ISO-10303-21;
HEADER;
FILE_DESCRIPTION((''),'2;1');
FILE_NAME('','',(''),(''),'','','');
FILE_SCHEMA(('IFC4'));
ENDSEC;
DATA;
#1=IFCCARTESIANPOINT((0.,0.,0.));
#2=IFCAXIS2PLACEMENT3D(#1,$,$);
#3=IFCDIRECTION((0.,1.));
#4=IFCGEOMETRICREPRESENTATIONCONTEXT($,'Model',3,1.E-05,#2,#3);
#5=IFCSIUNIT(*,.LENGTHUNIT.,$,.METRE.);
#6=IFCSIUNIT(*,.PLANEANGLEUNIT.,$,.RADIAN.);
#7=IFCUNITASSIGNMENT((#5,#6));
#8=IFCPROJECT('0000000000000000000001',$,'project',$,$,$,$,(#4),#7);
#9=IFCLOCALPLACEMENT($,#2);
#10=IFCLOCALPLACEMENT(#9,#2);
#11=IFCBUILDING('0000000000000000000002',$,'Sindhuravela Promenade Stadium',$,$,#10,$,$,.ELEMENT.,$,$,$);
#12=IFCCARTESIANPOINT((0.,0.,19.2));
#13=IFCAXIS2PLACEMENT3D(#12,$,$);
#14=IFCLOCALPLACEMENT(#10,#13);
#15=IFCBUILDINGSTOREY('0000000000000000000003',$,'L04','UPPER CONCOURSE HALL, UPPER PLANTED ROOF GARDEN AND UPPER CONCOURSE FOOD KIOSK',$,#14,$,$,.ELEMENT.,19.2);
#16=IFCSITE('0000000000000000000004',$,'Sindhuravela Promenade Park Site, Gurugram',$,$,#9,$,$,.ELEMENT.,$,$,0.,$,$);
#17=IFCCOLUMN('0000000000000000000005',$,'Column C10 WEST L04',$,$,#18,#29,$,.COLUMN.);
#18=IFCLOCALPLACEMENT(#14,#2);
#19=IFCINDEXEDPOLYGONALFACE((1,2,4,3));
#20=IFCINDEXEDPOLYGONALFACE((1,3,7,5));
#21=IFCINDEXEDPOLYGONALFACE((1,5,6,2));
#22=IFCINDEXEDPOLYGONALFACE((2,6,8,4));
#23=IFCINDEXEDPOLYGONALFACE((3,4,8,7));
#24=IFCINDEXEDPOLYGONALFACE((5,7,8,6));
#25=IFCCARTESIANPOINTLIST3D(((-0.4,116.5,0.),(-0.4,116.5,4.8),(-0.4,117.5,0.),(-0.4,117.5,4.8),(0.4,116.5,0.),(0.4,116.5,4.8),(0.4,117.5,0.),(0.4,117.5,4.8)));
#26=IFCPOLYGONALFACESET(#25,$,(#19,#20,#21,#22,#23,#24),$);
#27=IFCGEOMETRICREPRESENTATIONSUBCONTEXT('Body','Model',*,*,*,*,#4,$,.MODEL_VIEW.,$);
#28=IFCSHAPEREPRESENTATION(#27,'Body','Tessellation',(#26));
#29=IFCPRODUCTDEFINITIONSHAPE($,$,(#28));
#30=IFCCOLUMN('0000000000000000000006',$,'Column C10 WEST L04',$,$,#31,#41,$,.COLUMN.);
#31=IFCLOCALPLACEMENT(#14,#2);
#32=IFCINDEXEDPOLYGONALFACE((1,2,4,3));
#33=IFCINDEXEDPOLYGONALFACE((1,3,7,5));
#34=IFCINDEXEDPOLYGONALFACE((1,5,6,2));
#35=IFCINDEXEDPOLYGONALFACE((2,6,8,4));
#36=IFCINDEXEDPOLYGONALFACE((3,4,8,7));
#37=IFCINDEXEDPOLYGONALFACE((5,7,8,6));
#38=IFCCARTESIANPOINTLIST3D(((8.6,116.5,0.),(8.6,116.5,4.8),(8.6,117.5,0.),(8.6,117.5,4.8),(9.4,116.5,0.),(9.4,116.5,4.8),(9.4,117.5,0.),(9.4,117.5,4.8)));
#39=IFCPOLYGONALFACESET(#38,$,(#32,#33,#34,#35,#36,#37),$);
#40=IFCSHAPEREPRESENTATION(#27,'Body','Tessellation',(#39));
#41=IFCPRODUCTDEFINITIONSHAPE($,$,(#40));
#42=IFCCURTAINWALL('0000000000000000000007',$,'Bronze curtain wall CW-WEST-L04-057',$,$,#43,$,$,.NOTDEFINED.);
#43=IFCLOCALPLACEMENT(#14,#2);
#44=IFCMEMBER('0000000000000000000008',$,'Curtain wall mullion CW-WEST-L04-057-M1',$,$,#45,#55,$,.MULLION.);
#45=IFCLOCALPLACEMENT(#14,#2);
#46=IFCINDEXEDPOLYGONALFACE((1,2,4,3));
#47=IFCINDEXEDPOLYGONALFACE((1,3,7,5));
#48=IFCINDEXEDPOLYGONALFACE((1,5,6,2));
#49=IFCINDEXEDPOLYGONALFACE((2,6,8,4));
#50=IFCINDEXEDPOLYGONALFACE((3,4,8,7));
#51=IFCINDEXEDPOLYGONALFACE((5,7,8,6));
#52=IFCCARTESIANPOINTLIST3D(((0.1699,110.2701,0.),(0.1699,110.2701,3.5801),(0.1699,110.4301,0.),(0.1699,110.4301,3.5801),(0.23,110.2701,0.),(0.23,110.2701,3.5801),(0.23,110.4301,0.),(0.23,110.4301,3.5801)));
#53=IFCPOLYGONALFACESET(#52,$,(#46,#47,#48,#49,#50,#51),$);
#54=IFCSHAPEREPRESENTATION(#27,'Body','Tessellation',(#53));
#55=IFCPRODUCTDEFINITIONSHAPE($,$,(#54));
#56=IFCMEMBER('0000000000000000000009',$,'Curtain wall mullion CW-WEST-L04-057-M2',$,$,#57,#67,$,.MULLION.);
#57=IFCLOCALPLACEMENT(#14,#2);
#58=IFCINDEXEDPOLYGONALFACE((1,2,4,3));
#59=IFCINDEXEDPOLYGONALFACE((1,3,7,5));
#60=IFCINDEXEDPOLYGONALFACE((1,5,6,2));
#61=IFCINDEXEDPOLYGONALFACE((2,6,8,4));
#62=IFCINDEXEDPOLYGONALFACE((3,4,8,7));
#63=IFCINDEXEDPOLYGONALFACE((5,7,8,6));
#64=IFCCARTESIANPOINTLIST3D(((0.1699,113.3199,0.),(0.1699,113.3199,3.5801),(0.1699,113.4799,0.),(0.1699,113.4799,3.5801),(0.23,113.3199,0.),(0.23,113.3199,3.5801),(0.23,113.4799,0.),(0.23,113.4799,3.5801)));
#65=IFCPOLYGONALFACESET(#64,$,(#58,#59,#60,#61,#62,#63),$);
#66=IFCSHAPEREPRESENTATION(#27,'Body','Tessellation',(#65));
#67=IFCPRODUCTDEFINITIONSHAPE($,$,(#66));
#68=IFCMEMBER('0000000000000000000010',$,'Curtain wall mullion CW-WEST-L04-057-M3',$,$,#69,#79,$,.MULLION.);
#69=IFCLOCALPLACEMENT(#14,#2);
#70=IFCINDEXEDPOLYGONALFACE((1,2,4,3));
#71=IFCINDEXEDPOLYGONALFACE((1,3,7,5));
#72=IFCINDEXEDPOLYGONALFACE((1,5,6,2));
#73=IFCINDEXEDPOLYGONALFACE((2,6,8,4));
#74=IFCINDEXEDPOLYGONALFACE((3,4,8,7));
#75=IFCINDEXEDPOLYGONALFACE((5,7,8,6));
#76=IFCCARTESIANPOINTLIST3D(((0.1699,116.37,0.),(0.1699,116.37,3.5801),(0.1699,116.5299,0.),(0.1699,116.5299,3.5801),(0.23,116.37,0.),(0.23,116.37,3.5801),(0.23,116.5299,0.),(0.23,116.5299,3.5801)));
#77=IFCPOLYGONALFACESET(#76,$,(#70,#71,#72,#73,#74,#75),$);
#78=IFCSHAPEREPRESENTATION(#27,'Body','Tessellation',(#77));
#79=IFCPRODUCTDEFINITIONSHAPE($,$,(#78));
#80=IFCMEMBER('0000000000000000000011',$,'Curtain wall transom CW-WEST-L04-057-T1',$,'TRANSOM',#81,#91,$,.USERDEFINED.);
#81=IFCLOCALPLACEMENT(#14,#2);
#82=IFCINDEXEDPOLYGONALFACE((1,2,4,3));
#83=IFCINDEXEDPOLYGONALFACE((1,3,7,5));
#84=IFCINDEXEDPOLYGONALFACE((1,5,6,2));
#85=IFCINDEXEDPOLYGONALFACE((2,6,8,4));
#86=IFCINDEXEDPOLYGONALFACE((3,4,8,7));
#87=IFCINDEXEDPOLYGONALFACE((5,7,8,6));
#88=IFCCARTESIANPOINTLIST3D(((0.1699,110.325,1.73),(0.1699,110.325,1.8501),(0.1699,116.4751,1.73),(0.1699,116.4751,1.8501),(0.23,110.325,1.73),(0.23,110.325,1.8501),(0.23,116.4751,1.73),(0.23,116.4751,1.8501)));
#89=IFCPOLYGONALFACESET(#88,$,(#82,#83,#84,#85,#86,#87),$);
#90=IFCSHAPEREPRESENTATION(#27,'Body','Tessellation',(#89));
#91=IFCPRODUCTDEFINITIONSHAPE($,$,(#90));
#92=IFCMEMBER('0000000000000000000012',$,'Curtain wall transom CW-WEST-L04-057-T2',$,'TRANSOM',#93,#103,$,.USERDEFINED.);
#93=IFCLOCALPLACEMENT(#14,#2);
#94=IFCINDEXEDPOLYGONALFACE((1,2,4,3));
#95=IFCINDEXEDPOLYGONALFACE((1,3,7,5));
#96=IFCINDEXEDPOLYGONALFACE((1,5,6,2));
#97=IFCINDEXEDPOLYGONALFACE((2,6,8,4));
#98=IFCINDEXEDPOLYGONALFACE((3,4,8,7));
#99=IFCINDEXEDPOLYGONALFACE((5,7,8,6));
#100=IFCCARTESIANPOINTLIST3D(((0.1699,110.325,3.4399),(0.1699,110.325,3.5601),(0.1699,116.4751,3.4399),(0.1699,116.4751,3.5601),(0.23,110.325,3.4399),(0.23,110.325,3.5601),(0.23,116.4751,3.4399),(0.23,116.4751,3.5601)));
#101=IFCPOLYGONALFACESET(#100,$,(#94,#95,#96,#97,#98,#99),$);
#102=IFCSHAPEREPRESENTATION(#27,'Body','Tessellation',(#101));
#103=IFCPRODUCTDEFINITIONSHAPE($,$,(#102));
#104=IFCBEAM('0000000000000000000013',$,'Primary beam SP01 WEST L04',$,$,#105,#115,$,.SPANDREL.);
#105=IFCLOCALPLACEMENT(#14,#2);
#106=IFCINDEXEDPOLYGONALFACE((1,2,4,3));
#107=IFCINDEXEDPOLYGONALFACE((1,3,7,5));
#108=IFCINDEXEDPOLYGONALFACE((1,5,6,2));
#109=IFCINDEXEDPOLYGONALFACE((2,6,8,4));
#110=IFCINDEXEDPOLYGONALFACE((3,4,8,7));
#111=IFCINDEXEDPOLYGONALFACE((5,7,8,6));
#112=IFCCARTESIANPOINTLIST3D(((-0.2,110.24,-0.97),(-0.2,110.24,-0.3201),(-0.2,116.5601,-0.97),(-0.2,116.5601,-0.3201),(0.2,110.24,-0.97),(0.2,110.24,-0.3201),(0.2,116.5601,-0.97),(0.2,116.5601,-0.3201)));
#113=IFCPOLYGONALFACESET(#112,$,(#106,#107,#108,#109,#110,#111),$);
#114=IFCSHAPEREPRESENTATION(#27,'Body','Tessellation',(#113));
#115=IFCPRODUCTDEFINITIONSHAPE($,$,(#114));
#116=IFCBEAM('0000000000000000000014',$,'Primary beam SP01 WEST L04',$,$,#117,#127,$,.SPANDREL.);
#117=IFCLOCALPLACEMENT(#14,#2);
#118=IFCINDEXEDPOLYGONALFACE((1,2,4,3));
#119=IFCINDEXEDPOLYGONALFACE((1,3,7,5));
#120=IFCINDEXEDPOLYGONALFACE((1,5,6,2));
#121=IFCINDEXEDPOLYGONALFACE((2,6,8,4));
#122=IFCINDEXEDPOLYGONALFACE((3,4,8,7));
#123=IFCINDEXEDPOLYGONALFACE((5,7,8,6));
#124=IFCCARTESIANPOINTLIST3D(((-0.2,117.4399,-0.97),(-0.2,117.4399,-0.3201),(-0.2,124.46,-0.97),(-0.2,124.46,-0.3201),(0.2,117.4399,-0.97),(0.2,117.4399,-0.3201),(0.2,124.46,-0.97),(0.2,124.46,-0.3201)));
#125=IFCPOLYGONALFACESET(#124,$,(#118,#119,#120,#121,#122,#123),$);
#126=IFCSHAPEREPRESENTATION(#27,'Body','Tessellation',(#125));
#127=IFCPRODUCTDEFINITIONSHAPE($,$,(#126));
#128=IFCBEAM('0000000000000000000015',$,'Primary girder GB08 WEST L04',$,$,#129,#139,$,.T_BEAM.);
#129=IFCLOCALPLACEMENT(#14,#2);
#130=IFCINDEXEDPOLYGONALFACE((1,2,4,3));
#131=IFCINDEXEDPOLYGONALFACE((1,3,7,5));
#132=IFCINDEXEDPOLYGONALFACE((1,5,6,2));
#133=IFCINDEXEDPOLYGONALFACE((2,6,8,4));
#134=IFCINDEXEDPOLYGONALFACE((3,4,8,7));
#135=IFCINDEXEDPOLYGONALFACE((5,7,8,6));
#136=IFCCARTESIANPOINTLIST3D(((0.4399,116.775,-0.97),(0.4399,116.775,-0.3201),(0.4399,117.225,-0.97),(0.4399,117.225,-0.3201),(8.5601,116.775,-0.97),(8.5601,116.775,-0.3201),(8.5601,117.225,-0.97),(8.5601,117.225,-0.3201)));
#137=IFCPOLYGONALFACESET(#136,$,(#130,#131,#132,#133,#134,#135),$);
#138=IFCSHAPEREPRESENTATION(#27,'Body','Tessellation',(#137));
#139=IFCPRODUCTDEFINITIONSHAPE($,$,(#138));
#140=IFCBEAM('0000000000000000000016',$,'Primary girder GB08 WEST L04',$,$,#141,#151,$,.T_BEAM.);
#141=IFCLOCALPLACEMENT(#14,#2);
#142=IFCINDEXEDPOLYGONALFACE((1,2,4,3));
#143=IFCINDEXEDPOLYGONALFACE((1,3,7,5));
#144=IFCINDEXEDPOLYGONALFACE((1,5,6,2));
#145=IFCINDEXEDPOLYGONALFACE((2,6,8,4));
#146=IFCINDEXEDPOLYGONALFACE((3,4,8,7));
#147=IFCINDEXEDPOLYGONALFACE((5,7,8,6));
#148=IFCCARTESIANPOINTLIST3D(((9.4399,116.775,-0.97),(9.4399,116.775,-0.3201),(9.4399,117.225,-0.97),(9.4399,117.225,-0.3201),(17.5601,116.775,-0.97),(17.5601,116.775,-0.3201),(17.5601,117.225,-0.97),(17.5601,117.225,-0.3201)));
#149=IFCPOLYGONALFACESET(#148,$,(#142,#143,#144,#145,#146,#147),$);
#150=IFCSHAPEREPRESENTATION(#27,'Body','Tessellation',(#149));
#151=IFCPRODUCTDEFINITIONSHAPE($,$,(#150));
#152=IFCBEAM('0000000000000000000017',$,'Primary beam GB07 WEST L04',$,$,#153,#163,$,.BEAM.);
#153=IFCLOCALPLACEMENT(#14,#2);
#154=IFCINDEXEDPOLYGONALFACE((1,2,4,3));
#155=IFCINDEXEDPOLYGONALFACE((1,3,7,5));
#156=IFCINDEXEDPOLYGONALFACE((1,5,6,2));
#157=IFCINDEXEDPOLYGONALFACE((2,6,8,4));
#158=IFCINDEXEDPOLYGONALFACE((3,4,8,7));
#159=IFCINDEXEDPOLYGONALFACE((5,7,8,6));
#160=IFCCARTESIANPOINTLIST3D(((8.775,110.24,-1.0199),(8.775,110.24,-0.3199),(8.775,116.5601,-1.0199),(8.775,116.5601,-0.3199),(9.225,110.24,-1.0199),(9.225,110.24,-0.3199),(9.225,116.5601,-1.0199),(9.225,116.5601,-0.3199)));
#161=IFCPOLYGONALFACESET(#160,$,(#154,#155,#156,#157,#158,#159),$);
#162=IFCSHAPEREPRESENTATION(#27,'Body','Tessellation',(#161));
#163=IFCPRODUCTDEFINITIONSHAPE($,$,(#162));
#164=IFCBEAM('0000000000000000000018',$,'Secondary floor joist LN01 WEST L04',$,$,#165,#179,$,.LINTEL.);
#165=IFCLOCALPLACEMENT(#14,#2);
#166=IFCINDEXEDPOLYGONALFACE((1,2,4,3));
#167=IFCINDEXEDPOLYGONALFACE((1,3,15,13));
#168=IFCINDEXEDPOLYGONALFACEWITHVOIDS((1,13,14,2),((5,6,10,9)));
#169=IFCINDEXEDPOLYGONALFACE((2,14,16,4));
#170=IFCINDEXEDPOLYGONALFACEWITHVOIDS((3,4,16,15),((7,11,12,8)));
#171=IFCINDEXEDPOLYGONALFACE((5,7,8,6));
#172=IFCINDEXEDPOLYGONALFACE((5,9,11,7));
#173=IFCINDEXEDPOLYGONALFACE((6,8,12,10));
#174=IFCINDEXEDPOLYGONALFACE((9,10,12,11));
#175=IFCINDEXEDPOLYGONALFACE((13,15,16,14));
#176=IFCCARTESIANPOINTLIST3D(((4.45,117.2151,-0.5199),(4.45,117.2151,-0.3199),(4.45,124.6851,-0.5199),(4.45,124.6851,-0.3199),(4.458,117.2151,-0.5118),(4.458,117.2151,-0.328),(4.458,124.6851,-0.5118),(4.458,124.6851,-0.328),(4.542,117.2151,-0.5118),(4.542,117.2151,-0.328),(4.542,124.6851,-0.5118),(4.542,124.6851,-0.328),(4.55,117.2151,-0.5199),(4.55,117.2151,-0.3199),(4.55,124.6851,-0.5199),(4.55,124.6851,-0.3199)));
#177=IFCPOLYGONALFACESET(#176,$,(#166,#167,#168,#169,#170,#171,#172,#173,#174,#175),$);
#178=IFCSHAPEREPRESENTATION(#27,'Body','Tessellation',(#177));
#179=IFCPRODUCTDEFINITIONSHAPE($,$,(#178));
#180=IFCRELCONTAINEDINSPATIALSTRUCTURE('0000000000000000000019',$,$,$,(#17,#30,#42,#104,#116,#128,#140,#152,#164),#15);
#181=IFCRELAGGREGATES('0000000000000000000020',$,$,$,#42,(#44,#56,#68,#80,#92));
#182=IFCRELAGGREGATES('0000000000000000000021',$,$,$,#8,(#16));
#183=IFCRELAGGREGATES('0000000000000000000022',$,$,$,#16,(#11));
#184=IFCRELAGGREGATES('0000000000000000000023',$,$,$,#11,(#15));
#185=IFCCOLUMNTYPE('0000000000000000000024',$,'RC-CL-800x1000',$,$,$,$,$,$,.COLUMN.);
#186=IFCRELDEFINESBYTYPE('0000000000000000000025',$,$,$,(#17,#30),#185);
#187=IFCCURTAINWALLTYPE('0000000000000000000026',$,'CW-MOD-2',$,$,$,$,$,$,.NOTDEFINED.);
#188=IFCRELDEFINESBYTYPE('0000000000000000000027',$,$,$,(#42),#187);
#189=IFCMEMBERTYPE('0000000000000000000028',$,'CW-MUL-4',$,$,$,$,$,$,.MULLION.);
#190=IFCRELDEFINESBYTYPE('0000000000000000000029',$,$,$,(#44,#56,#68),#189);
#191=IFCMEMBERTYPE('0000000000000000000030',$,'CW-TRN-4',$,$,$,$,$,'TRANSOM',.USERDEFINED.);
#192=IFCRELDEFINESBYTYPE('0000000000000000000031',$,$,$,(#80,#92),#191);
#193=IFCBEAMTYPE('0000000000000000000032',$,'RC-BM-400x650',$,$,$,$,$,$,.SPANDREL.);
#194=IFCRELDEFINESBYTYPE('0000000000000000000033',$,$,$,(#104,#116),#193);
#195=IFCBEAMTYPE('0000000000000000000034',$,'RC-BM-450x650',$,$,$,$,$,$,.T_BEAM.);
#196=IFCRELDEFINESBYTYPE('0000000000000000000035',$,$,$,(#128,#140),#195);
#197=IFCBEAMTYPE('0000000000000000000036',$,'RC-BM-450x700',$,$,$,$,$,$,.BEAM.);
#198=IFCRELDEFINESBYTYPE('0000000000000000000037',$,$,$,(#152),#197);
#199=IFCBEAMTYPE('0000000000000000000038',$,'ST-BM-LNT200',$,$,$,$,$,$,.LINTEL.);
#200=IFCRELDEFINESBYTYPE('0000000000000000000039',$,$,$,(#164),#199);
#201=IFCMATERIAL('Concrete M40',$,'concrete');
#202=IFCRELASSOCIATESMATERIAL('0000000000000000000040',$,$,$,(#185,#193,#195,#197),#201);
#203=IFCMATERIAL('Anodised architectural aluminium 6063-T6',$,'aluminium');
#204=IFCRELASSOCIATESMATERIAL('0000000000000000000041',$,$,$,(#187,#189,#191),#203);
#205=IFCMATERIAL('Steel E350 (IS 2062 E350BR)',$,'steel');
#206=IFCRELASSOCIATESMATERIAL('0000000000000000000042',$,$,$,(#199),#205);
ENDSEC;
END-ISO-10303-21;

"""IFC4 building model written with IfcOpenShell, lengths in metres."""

from ifc_helpers import new_model, si_unit, direction, frame, origin, origin_2d, place, context, subcontext, project, spatial, rectangle, hollow_rectangle, extrude, material, material_profile, profile_set, type_object, element, aggregate, save


model = new_model("IFC4")

# Units and contexts
model_context = context("Model", 3, precision=1e-05, world=origin(), true_north=direction((0.0, 1.0)))
body_context = subcontext(model_context, "Body", "Model", "MODEL_VIEW")
ifc_project = project(units=[si_unit("LENGTHUNIT", "METRE"), si_unit("PLANEANGLEUNIT", "RADIAN")], contexts=[model_context])

# Site, building, storey
site_placement = place(None, origin())
site = spatial("IfcSite", under=ifc_project, at=site_placement, Name="Sindhuravela Promenade Park Site, Gurugram", CompositionType="ELEMENT", RefElevation=0.0)
building_placement = place(site_placement, origin())
building = spatial("IfcBuilding", under=site, at=building_placement, Name="Sindhuravela Promenade Stadium", CompositionType="ELEMENT")
storey_placement = place(building_placement, frame((0.0, 0.0, 19.2)))
storey = spatial("IfcBuildingStorey", under=building, at=storey_placement, Name="L04", Description="UPPER CONCOURSE HALL, UPPER PLANTED ROOF GARDEN AND UPPER CONCOURSE FOOD KIOSK", CompositionType="ELEMENT", Elevation=19.2)

# Columns
ifc_material_1 = material(Name="Concrete M40", Category="concrete")
ifc_material_profile_1 = material_profile(ifc_material_1, rectangle(XDim=0.8, YDim=1.0, at=origin_2d()), Name="RC 800x1000")
ifc_profile_set_1 = profile_set([ifc_material_profile_1], Name="Concrete M40")
column_type = type_object("IfcColumnType", Name="RC-CL-800x1000", PredefinedType="COLUMN", material=ifc_profile_set_1)
for number, where, z_axis, x_axis, name in (
    (1, (0.0, 117.0, 0.0), (0.0, 0.0, 1.0), (1.0, 0.0, 0.0), "Column C10 WEST L04"),
    (2, (9.0, 117.0, 0.0), (0.0, 0.0, 1.0), (1.0, 0.0, 0.0), "Column C10 WEST L04"),
):
    element("IfcColumn", number, at=place(storey_placement, frame(where, z_axis=z_axis, x_axis=x_axis)), inside=storey, type_object=column_type, Name=name, PredefinedType="COLUMN", context=body_context, shape_type="SweptSolid", body=[
        extrude(rectangle(XDim=0.8, YDim=1.0, at=origin_2d()), origin(), (0.0, 0.0, 1.0), 4.8),
    ])

# Curtain wall, members
ifc_material_2 = material(Name="Anodised architectural aluminium 6063-T6", Category="aluminium")
curtain_wall_type = type_object("IfcCurtainWallType", Name="CW-MOD-2", PredefinedType="NOTDEFINED", material=ifc_material_2)
curtain_wall_placement = place(storey_placement, origin())
curtain_wall = element("IfcCurtainWall", 3, at=curtain_wall_placement, inside=storey, type_object=curtain_wall_type, Name="Bronze curtain wall CW-WEST-L04-057", PredefinedType="NOTDEFINED")
ifc_material_profile_2 = material_profile(ifc_material_2, rectangle(XDim=0.0601, YDim=0.1599, at=origin_2d()), Name="ALU M60x160")
ifc_profile_set_2 = profile_set([ifc_material_profile_2], Name="Anodised architectural aluminium 6063-T6")
member_type_1 = type_object("IfcMemberType", Name="CW-MUL-4", PredefinedType="MULLION", material=ifc_profile_set_2)
member_1_placement = place(storey_placement, frame((0.2, 110.3501, 0.0), z_axis=(0.0, 0.0, 1.0), x_axis=(1.0, 0.0, 0.0)))
member_1 = element("IfcMember", 4, at=member_1_placement, type_object=member_type_1, Name="Curtain wall mullion CW-WEST-L04-057-M1", PredefinedType="MULLION", context=body_context, shape_type="SweptSolid", body=[
    extrude(rectangle(XDim=0.0601, YDim=0.1599, at=origin_2d()), origin(), (0.0, 0.0, 1.0), 3.5801),
])
member_2_placement = place(storey_placement, frame((0.2, 113.3999, 0.0), z_axis=(0.0, 0.0, 1.0), x_axis=(1.0, 0.0, 0.0)))
member_2 = element("IfcMember", 5, at=member_2_placement, type_object=member_type_1, Name="Curtain wall mullion CW-WEST-L04-057-M2", PredefinedType="MULLION", context=body_context, shape_type="SweptSolid", body=[
    extrude(rectangle(XDim=0.0601, YDim=0.1599, at=origin_2d()), origin(), (0.0, 0.0, 1.0), 3.5801),
])
member_3_placement = place(storey_placement, frame((0.2, 116.45, 0.0), z_axis=(0.0, 0.0, 1.0), x_axis=(1.0, 0.0, 0.0)))
member_3 = element("IfcMember", 6, at=member_3_placement, type_object=member_type_1, Name="Curtain wall mullion CW-WEST-L04-057-M3", PredefinedType="MULLION", context=body_context, shape_type="SweptSolid", body=[
    extrude(rectangle(XDim=0.0601, YDim=0.1599, at=origin_2d()), origin(), (0.0, 0.0, 1.0), 3.5801),
])
ifc_material_profile_3 = material_profile(ifc_material_2, rectangle(XDim=0.0601, YDim=0.1201, at=origin_2d()), Name="ALU T60x120")
ifc_profile_set_3 = profile_set([ifc_material_profile_3], Name="Anodised architectural aluminium 6063-T6")
member_type_2 = type_object("IfcMemberType", Name="CW-TRN-4", ElementType="TRANSOM", PredefinedType="USERDEFINED", material=ifc_profile_set_3)
member_4_placement = place(storey_placement, frame((0.2, 110.325, 1.79), z_axis=(0.0, 1.0, 0.0), x_axis=(-1.0, 0.0, 0.0)))
member_4 = element("IfcMember", 7, at=member_4_placement, type_object=member_type_2, Name="Curtain wall transom CW-WEST-L04-057-T1", ObjectType="TRANSOM", PredefinedType="USERDEFINED", context=body_context, shape_type="SweptSolid", body=[
    extrude(rectangle(XDim=0.0601, YDim=0.1201, at=origin_2d()), origin(), (0.0, 0.0, 1.0), 6.1501),
])
member_5_placement = place(storey_placement, frame((0.2, 110.325, 3.5), z_axis=(0.0, 1.0, 0.0), x_axis=(-1.0, 0.0, 0.0)))
member_5 = element("IfcMember", 8, at=member_5_placement, type_object=member_type_2, Name="Curtain wall transom CW-WEST-L04-057-T2", ObjectType="TRANSOM", PredefinedType="USERDEFINED", context=body_context, shape_type="SweptSolid", body=[
    extrude(rectangle(XDim=0.0601, YDim=0.1201, at=origin_2d()), origin(), (0.0, 0.0, 1.0), 6.1501),
])

# Beams
ifc_material_profile_4 = material_profile(ifc_material_1, rectangle(XDim=0.3999, YDim=0.6499, at=origin_2d()), Name="RC 400x650")
ifc_profile_set_4 = profile_set([ifc_material_profile_4], Name="Concrete M40")
beam_type_1 = type_object("IfcBeamType", Name="RC-BM-400x650", PredefinedType="SPANDREL", material=ifc_profile_set_4)
beam_1_placement = place(storey_placement, frame((0.0, 110.24, -0.645), z_axis=(0.0, 1.0, 0.0), x_axis=(-1.0, 0.0, 0.0)))
element("IfcBeam", 9, at=beam_1_placement, inside=storey, type_object=beam_type_1, Name="Primary beam SP01 WEST L04", PredefinedType="SPANDREL", context=body_context, shape_type="SweptSolid", body=[
    extrude(rectangle(XDim=0.3999, YDim=0.6499, at=origin_2d()), origin(), (0.0, 0.0, 1.0), 6.3201),
])
beam_2_placement = place(storey_placement, frame((0.0, 117.4399, -0.645), z_axis=(0.0, 1.0, 0.0), x_axis=(-1.0, 0.0, 0.0)))
element("IfcBeam", 10, at=beam_2_placement, inside=storey, type_object=beam_type_1, Name="Primary beam SP01 WEST L04", PredefinedType="SPANDREL", context=body_context, shape_type="SweptSolid", body=[
    extrude(rectangle(XDim=0.3999, YDim=0.6499, at=origin_2d()), origin(), (0.0, 0.0, 1.0), 7.02),
])
ifc_material_profile_5 = material_profile(ifc_material_1, rectangle(XDim=0.45, YDim=0.6499, at=origin_2d()), Name="RC 450x650")
ifc_profile_set_5 = profile_set([ifc_material_profile_5], Name="Concrete M40")
beam_type_2 = type_object("IfcBeamType", Name="RC-BM-450x650", PredefinedType="T_BEAM", material=ifc_profile_set_5)
for number, where, z_axis, x_axis, name in (
    (11, (0.4399, 117.0, -0.645), (1.0, 0.0, 0.0), (0.0, 1.0, 0.0), "Primary girder GB08 WEST L04"),
    (12, (9.4399, 117.0, -0.645), (1.0, 0.0, 0.0), (0.0, 1.0, 0.0), "Primary girder GB08 WEST L04"),
):
    element("IfcBeam", number, at=place(storey_placement, frame(where, z_axis=z_axis, x_axis=x_axis)), inside=storey, type_object=beam_type_2, Name=name, PredefinedType="T_BEAM", context=body_context, shape_type="SweptSolid", body=[
        extrude(rectangle(XDim=0.45, YDim=0.6499, at=origin_2d()), origin(), (0.0, 0.0, 1.0), 8.1201),
    ])
ifc_material_profile_6 = material_profile(ifc_material_1, rectangle(XDim=0.45, YDim=0.7, at=origin_2d()), Name="RC 450x700")
ifc_profile_set_6 = profile_set([ifc_material_profile_6], Name="Concrete M40")
beam_type_3 = type_object("IfcBeamType", Name="RC-BM-450x700", PredefinedType="BEAM", material=ifc_profile_set_6)
beam_3_placement = place(storey_placement, frame((9.0, 110.24, -0.6699), z_axis=(0.0, 1.0, 0.0), x_axis=(-1.0, 0.0, 0.0)))
element("IfcBeam", 13, at=beam_3_placement, inside=storey, type_object=beam_type_3, Name="Primary beam GB07 WEST L04", PredefinedType="BEAM", context=body_context, shape_type="SweptSolid", body=[
    extrude(rectangle(XDim=0.45, YDim=0.7, at=origin_2d()), origin(), (0.0, 0.0, 1.0), 6.3201),
])
ifc_material_3 = material(Name="Steel E350 (IS 2062 E350BR)", Category="steel")
ifc_material_profile_7 = material_profile(ifc_material_3, hollow_rectangle(XDim=0.1001, YDim=0.2, WallThickness=0.0081, at=origin_2d()), Name="RHS 200x100x8")
ifc_profile_set_7 = profile_set([ifc_material_profile_7], Name="Steel E350 (IS 2062 E350BR)")
beam_type_4 = type_object("IfcBeamType", Name="ST-BM-LNT200", PredefinedType="LINTEL", material=ifc_profile_set_7)
beam_4_placement = place(storey_placement, frame((4.5, 117.2151, -0.4199), z_axis=(0.0, 1.0, 0.0), x_axis=(-1.0, 0.0, 0.0)))
element("IfcBeam", 14, at=beam_4_placement, inside=storey, type_object=beam_type_4, Name="Secondary floor joist LN01 WEST L04", PredefinedType="LINTEL", context=body_context, shape_type="SweptSolid", body=[
    extrude(hollow_rectangle(XDim=0.1001, YDim=0.2, WallThickness=0.0081, at=origin_2d()), origin(), (0.0, 0.0, 1.0), 7.47),
])

aggregate(curtain_wall, [member_1, member_2, member_3, member_4, member_5])

save(model, "model.ifc")
